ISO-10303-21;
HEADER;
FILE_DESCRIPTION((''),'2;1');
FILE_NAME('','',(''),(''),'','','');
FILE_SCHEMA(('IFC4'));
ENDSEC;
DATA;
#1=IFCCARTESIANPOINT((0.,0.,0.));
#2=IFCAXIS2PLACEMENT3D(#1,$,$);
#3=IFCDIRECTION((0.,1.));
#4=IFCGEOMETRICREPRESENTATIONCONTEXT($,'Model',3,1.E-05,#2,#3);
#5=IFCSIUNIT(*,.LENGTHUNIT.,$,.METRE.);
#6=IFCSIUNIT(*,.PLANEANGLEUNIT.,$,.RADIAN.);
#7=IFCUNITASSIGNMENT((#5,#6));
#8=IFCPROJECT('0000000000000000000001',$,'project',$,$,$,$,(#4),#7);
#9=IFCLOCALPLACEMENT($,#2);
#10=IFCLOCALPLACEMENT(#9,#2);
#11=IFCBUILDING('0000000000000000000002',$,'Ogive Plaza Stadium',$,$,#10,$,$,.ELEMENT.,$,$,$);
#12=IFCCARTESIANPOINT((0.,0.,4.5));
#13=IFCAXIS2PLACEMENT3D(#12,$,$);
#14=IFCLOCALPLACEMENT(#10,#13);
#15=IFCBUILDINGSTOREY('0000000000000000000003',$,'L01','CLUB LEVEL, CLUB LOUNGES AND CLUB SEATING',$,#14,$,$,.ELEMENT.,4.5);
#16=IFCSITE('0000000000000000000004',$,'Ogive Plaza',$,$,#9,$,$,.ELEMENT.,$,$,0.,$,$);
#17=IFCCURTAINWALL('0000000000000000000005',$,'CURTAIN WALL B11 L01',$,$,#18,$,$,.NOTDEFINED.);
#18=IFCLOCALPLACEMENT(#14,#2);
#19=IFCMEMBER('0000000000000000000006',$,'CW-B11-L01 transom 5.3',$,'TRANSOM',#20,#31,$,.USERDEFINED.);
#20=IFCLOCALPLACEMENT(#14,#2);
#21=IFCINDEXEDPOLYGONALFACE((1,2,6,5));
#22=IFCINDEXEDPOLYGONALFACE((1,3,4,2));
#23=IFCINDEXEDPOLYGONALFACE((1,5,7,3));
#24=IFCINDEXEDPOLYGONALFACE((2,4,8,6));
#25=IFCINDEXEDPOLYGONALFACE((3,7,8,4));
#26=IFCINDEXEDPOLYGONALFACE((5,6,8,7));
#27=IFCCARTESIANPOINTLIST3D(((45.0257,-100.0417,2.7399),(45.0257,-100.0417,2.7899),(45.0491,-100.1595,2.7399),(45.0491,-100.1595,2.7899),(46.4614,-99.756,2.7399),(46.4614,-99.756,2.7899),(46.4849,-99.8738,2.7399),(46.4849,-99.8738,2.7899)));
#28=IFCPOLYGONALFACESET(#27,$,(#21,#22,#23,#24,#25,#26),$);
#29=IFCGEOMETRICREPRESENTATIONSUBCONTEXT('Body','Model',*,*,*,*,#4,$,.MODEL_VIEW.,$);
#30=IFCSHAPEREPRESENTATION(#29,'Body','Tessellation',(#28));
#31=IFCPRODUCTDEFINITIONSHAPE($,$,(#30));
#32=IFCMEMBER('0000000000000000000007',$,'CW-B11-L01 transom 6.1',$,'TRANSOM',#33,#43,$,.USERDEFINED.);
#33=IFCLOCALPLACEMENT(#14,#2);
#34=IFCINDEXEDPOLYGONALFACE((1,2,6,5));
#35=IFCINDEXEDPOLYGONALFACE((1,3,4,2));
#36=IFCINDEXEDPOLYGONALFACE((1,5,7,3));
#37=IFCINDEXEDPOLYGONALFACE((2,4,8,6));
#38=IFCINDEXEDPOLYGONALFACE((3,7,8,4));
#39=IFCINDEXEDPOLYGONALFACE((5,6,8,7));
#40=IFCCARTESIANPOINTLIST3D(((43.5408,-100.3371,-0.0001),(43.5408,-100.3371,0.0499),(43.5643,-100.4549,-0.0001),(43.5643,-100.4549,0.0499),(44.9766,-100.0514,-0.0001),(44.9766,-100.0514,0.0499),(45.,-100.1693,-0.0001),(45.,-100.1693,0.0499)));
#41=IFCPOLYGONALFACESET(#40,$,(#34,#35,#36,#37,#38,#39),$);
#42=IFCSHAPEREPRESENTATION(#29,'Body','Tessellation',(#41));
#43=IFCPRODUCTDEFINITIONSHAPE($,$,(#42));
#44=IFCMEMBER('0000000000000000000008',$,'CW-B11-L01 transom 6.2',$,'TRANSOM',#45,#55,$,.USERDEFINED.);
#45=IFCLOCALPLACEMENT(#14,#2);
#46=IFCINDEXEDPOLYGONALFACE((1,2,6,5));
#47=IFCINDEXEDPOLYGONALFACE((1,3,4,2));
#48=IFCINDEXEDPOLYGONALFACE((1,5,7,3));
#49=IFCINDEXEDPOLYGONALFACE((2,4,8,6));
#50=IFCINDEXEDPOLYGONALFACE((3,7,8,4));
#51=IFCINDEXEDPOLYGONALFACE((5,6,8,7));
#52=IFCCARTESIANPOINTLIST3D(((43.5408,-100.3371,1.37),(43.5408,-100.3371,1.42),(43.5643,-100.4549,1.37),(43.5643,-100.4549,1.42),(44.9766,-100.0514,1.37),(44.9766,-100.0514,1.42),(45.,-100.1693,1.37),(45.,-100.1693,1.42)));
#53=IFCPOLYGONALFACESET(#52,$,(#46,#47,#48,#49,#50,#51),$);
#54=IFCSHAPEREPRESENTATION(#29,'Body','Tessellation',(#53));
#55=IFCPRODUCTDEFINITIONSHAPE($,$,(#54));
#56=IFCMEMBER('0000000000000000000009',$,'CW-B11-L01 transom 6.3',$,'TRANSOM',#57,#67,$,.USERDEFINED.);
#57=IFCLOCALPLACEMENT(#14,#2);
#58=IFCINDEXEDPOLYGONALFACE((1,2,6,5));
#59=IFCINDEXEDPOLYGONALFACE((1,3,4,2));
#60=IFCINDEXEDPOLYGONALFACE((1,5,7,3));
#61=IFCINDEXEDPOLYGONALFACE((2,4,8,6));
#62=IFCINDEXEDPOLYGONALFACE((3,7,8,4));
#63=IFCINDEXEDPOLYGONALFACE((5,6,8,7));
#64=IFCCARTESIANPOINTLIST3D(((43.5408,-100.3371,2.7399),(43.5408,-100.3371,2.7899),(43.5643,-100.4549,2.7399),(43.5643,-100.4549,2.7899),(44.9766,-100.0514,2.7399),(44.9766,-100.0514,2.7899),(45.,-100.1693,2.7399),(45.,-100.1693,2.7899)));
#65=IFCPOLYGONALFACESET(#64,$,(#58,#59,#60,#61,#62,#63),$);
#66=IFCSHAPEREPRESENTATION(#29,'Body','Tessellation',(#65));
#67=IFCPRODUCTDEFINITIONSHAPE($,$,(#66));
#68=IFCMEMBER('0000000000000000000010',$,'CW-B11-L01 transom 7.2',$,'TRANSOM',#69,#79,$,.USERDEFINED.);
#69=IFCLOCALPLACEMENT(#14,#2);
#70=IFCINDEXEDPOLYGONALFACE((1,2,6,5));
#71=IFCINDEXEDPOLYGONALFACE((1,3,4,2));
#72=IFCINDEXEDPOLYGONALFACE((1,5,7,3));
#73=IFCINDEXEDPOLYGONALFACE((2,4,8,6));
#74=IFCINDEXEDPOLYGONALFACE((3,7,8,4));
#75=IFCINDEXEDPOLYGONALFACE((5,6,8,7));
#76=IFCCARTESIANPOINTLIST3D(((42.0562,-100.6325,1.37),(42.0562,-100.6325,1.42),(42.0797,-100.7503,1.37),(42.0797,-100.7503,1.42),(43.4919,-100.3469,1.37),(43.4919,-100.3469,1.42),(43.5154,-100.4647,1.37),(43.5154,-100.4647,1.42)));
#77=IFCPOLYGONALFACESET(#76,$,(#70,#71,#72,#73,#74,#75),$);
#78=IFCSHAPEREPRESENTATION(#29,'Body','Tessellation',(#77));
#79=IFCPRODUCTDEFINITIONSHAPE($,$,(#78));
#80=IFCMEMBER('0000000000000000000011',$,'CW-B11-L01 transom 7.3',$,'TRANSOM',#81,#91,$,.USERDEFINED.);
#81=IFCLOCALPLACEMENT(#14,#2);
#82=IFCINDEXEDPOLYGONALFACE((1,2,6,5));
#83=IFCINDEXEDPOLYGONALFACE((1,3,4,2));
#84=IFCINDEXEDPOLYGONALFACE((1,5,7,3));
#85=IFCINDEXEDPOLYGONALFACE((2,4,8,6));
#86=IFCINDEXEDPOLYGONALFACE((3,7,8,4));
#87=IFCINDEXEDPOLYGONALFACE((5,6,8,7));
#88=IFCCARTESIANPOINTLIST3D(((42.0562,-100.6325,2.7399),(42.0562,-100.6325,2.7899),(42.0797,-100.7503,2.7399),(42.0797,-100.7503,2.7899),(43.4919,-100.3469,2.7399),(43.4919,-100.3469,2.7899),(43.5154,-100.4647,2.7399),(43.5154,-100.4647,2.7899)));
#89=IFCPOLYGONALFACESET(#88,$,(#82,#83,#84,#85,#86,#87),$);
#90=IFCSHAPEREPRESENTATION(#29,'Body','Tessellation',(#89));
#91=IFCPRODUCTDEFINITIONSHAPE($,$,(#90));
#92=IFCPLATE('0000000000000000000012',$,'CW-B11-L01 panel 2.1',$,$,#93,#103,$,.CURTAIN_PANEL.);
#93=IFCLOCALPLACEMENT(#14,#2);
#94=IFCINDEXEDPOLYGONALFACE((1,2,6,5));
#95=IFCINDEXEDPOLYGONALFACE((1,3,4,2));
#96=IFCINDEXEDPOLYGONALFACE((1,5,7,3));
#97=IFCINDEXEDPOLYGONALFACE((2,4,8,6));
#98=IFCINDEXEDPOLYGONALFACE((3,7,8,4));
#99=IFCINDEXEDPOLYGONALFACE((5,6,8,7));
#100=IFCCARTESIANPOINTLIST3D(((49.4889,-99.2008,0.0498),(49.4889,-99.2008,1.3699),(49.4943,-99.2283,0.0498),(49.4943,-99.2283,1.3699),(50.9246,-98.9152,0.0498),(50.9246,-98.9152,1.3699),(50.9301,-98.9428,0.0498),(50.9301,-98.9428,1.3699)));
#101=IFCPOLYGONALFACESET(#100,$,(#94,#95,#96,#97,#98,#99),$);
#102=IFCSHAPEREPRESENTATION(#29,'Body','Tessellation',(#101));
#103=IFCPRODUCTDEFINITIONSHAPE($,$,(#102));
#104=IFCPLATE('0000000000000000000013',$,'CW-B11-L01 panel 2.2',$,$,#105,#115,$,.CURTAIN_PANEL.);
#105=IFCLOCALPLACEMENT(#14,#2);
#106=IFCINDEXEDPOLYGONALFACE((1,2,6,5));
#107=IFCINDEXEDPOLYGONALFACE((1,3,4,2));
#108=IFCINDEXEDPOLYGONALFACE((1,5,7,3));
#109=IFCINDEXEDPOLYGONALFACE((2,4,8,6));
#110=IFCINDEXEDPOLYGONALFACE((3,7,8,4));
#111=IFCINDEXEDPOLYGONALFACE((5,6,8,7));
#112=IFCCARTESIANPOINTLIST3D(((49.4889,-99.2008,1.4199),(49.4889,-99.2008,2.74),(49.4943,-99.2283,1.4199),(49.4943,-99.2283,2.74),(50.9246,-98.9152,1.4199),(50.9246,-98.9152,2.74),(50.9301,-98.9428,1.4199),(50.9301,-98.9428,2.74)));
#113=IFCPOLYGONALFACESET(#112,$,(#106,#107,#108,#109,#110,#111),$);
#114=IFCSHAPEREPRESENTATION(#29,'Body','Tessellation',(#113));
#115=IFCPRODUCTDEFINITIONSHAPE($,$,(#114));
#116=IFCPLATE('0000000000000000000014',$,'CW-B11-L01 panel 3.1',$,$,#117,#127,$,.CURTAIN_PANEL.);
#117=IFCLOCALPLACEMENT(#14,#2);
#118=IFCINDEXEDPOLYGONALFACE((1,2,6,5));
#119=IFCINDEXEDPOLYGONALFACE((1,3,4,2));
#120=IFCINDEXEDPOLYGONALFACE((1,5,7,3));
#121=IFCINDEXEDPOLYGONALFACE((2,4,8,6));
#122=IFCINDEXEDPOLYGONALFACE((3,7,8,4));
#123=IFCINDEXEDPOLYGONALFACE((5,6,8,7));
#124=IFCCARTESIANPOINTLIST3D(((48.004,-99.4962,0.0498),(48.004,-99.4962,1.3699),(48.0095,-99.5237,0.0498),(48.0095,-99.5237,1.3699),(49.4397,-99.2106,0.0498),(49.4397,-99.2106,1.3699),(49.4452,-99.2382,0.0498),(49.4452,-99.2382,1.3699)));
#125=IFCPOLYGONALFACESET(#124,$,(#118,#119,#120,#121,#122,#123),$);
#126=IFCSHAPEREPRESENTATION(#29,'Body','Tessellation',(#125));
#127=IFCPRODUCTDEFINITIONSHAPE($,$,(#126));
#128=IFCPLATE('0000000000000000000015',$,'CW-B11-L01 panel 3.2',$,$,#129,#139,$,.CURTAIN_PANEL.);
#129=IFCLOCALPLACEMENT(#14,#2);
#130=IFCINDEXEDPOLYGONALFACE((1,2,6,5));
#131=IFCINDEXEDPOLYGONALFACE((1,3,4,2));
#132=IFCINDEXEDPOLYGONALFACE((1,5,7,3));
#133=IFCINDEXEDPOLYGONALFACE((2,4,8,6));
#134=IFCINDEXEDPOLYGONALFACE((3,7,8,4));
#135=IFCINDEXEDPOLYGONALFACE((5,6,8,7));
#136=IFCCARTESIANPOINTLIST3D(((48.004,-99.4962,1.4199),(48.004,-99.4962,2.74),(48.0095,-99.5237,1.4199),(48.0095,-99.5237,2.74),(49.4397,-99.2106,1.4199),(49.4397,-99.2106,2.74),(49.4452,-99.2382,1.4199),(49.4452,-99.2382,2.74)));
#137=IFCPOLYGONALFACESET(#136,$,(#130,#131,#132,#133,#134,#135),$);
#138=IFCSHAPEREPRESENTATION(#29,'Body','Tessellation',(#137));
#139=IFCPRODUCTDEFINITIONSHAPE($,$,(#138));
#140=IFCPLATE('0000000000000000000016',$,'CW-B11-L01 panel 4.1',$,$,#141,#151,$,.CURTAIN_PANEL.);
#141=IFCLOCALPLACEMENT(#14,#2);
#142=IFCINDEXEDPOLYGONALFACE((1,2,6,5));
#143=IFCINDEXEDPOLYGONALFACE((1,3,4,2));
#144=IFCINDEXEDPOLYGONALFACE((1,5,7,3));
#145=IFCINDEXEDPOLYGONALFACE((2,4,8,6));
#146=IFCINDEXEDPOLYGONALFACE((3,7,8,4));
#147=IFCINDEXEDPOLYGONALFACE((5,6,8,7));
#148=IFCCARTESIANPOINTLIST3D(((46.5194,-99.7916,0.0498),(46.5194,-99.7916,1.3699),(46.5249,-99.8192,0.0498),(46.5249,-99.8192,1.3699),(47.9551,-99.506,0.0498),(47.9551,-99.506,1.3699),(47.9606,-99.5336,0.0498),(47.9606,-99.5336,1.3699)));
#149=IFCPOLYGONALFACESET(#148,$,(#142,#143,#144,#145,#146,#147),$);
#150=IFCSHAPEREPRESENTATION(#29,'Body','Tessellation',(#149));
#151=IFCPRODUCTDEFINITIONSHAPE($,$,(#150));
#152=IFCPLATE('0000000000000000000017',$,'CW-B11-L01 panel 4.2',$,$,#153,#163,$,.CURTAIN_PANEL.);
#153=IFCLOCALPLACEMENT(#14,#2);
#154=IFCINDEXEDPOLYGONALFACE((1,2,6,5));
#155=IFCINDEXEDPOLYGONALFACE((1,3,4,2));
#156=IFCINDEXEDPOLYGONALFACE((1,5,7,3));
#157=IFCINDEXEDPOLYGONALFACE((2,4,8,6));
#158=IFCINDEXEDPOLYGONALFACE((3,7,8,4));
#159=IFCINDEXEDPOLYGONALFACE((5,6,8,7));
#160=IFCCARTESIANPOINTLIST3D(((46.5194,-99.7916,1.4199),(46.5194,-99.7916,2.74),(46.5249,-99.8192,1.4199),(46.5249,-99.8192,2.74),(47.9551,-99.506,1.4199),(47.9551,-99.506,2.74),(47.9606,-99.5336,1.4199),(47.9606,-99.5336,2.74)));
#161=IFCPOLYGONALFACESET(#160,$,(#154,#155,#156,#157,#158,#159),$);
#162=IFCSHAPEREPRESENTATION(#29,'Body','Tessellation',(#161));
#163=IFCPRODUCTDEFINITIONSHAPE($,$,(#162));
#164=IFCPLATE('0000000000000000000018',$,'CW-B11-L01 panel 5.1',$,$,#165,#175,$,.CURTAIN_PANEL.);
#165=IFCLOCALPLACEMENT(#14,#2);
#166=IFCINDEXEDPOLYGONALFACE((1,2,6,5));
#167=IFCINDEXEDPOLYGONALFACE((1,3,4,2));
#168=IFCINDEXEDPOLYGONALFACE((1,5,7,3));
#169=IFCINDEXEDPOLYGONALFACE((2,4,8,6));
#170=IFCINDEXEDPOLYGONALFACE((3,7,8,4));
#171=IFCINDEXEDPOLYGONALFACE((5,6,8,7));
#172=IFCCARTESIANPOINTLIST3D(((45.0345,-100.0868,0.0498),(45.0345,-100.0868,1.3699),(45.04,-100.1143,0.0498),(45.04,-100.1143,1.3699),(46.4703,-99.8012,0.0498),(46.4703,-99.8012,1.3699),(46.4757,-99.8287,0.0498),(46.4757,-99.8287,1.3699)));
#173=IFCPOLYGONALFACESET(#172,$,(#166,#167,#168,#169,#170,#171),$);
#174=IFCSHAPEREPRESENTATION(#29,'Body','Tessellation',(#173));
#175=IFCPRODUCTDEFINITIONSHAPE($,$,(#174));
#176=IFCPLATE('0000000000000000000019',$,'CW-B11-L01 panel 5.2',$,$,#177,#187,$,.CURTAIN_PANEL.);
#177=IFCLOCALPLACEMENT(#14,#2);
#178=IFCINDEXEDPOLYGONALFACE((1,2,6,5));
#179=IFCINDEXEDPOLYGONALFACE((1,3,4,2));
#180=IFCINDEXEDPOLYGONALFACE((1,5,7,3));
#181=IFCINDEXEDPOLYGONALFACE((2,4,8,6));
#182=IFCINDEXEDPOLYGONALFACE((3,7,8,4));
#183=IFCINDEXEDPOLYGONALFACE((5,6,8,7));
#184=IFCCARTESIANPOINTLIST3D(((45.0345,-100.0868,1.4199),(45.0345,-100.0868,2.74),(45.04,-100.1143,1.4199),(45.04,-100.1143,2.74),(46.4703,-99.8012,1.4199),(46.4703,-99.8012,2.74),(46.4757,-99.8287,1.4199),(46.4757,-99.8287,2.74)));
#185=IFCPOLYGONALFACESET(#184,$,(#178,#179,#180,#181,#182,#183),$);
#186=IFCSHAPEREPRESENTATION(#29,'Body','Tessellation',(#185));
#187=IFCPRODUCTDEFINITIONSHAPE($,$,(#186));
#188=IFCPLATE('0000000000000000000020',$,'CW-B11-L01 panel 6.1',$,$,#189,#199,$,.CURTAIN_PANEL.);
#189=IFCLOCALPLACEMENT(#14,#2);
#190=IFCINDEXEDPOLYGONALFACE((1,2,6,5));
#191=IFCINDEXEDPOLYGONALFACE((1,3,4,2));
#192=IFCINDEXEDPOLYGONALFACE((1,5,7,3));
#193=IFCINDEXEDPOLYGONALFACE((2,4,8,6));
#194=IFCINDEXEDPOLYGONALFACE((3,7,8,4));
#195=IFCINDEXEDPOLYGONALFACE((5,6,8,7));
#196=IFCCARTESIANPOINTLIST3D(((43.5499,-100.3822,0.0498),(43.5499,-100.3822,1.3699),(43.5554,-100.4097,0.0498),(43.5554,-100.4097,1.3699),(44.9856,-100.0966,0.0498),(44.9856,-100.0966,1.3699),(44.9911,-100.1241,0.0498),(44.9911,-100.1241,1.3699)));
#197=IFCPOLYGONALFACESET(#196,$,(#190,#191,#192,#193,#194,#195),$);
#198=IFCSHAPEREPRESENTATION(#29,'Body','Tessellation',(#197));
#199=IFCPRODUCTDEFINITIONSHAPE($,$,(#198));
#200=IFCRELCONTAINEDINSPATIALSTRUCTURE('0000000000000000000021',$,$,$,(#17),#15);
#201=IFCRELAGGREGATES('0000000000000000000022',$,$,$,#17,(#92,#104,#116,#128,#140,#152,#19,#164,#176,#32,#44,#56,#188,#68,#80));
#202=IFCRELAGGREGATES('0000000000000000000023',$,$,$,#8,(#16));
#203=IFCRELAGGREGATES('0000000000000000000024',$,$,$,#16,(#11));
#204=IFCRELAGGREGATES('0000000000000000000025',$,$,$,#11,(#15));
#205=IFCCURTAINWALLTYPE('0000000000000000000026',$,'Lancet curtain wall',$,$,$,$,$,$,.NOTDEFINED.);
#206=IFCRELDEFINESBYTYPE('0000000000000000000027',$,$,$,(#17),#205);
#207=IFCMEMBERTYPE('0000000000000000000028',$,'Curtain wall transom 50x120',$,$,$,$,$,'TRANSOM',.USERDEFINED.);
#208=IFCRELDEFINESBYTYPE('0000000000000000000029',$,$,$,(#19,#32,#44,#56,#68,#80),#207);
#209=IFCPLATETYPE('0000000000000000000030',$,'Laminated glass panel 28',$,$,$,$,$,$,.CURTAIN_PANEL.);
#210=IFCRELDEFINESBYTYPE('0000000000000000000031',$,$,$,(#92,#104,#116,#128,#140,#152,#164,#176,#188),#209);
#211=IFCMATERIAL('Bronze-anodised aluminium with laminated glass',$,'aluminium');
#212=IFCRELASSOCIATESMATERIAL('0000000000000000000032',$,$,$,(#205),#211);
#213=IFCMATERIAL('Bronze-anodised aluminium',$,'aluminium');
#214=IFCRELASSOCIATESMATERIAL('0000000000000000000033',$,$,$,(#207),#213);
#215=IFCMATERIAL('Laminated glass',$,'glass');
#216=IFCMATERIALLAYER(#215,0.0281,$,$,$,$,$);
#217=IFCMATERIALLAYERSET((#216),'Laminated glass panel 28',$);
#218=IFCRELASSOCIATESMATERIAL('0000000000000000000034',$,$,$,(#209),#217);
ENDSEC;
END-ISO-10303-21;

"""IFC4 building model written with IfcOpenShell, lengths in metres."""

from ifc_helpers import new_model, si_unit, direction, frame, origin, origin_2d, place, context, subcontext, project, spatial, rectangle, extrude, material, layer, layer_set, material_profile, profile_set, type_object, element, aggregate, save


model = new_model("IFC4")

# Units and contexts
model_context = context("Model", 3, precision=1e-05, world=origin(), true_north=direction((0.0, 1.0)))
body_context = subcontext(model_context, "Body", "Model", "MODEL_VIEW")
ifc_project = project(units=[si_unit("LENGTHUNIT", "METRE"), si_unit("PLANEANGLEUNIT", "RADIAN")], contexts=[model_context])

# Site, building, storey
site_placement = place(None, origin())
site = spatial("IfcSite", under=ifc_project, at=site_placement, Name="Ogive Plaza", CompositionType="ELEMENT", RefElevation=0.0)
building_placement = place(site_placement, origin())
building = spatial("IfcBuilding", under=site, at=building_placement, Name="Ogive Plaza Stadium", CompositionType="ELEMENT")
storey_placement = place(building_placement, frame((0.0, 0.0, 4.5)))
storey = spatial("IfcBuildingStorey", under=building, at=storey_placement, Name="L01", Description="CLUB LEVEL, CLUB LOUNGES AND CLUB SEATING", CompositionType="ELEMENT", Elevation=4.5)

# Curtain wall, members, plates
ifc_material_1 = material(Name="Bronze-anodised aluminium with laminated glass", Category="aluminium")
curtain_wall_type = type_object("IfcCurtainWallType", Name="Lancet curtain wall", PredefinedType="NOTDEFINED", material=ifc_material_1)
curtain_wall_placement = place(storey_placement, origin())
curtain_wall = element("IfcCurtainWall", 1, at=curtain_wall_placement, inside=storey, type_object=curtain_wall_type, Name="CURTAIN WALL B11 L01", PredefinedType="NOTDEFINED")
ifc_material_2 = material(Name="Bronze-anodised aluminium", Category="aluminium")
ifc_material_profile_1 = material_profile(ifc_material_2, rectangle(XDim=0.1201, YDim=0.05, at=origin_2d()), Name="AL 120x50")
ifc_profile_set_1 = profile_set([ifc_material_profile_1], Name="Bronze-anodised aluminium")
member_type_1 = type_object("IfcMemberType", Name="Curtain wall transom 50x120", ElementType="TRANSOM", PredefinedType="USERDEFINED", material=ifc_profile_set_1)
member_1_placement = place(storey_placement, frame((46.4731, -99.8149, 2.7649), z_axis=(-0.980779, -0.195122, 0.0), x_axis=(0.195122, -0.980779, 0.0)))
member_1 = element("IfcMember", 2, at=member_1_placement, type_object=member_type_1, Name="CW-B11-L01 transom 5.3", ObjectType="TRANSOM", PredefinedType="USERDEFINED", context=body_context, shape_type="SweptSolid", body=[
    extrude(rectangle(XDim=0.1201, YDim=0.05, at=origin_2d()), origin(), (0.0, 0.0, 1.0), 1.4639),
])
member_2_placement = place(storey_placement, frame((44.9883, -100.1104, 0.0249), z_axis=(-0.980779, -0.195122, 0.0), x_axis=(0.195122, -0.980779, 0.0)))
member_2 = element("IfcMember", 3, at=member_2_placement, type_object=member_type_1, Name="CW-B11-L01 transom 6.1", ObjectType="TRANSOM", PredefinedType="USERDEFINED", context=body_context, shape_type="SweptSolid", body=[
    extrude(rectangle(XDim=0.1201, YDim=0.05, at=origin_2d()), origin(), (0.0, 0.0, 1.0), 1.4639),
])
member_3_placement = place(storey_placement, frame((44.9883, -100.1104, 1.395), z_axis=(-0.980779, -0.195122, 0.0), x_axis=(0.195122, -0.980779, 0.0)))
member_3 = element("IfcMember", 4, at=member_3_placement, type_object=member_type_1, Name="CW-B11-L01 transom 6.2", ObjectType="TRANSOM", PredefinedType="USERDEFINED", context=body_context, shape_type="SweptSolid", body=[
    extrude(rectangle(XDim=0.1201, YDim=0.05, at=origin_2d()), origin(), (0.0, 0.0, 1.0), 1.4639),
])
member_4_placement = place(storey_placement, frame((44.9883, -100.1104, 2.7649), z_axis=(-0.980779, -0.195122, 0.0), x_axis=(0.195122, -0.980779, 0.0)))
member_4 = element("IfcMember", 5, at=member_4_placement, type_object=member_type_1, Name="CW-B11-L01 transom 6.3", ObjectType="TRANSOM", PredefinedType="USERDEFINED", context=body_context, shape_type="SweptSolid", body=[
    extrude(rectangle(XDim=0.1201, YDim=0.05, at=origin_2d()), origin(), (0.0, 0.0, 1.0), 1.4639),
])
member_5_placement = place(storey_placement, frame((43.5037, -100.4058, 1.395), z_axis=(-0.980779, -0.195122, 0.0), x_axis=(0.195122, -0.980779, 0.0)))
member_5 = element("IfcMember", 6, at=member_5_placement, type_object=member_type_1, Name="CW-B11-L01 transom 7.2", ObjectType="TRANSOM", PredefinedType="USERDEFINED", context=body_context, shape_type="SweptSolid", body=[
    extrude(rectangle(XDim=0.1201, YDim=0.05, at=origin_2d()), origin(), (0.0, 0.0, 1.0), 1.4639),
])
member_6_placement = place(storey_placement, frame((43.5037, -100.4058, 2.7649), z_axis=(-0.980779, -0.195122, 0.0), x_axis=(0.195122, -0.980779, 0.0)))
member_6 = element("IfcMember", 7, at=member_6_placement, type_object=member_type_1, Name="CW-B11-L01 transom 7.3", ObjectType="TRANSOM", PredefinedType="USERDEFINED", context=body_context, shape_type="SweptSolid", body=[
    extrude(rectangle(XDim=0.1201, YDim=0.05, at=origin_2d()), origin(), (0.0, 0.0, 1.0), 1.4639),
])
ifc_material_3 = material(Name="Laminated glass", Category="glass")
ifc_layer_1 = layer(ifc_material_3, 0.0281)
ifc_layer_set_1 = layer_set([ifc_layer_1], Name="Laminated glass panel 28")
plate_type = type_object("IfcPlateType", Name="Laminated glass panel 28", PredefinedType="CURTAIN_PANEL", material=ifc_layer_set_1)
plate_1_placement = place(storey_placement, frame((50.2095, -99.0718, 0.0498), z_axis=(0.0, 0.0, 1.0), x_axis=(-0.980785, -0.19509, 0.0)))
plate_1 = element("IfcPlate", 8, at=plate_1_placement, type_object=plate_type, Name="CW-B11-L01 panel 2.1", PredefinedType="CURTAIN_PANEL", context=body_context, shape_type="SweptSolid", body=[
    extrude(rectangle(XDim=1.4639, YDim=0.0281, at=origin_2d()), origin(), (0.0, 0.0, 1.0), 1.3201),
])
plate_2_placement = place(storey_placement, frame((50.2095, -99.0718, 1.4199), z_axis=(0.0, 0.0, 1.0), x_axis=(-0.980785, -0.19509, 0.0)))
plate_2 = element("IfcPlate", 9, at=plate_2_placement, type_object=plate_type, Name="CW-B11-L01 panel 2.2", PredefinedType="CURTAIN_PANEL", context=body_context, shape_type="SweptSolid", body=[
    extrude(rectangle(XDim=1.4639, YDim=0.0281, at=origin_2d()), origin(), (0.0, 0.0, 1.0), 1.3201),
])
plate_3_placement = place(storey_placement, frame((48.7246, -99.3672, 0.0498), z_axis=(0.0, 0.0, 1.0), x_axis=(-0.980785, -0.19509, 0.0)))
plate_3 = element("IfcPlate", 10, at=plate_3_placement, type_object=plate_type, Name="CW-B11-L01 panel 3.1", PredefinedType="CURTAIN_PANEL", context=body_context, shape_type="SweptSolid", body=[
    extrude(rectangle(XDim=1.4639, YDim=0.0281, at=origin_2d()), origin(), (0.0, 0.0, 1.0), 1.3201),
])
plate_4_placement = place(storey_placement, frame((48.7246, -99.3672, 1.4199), z_axis=(0.0, 0.0, 1.0), x_axis=(-0.980785, -0.19509, 0.0)))
plate_4 = element("IfcPlate", 11, at=plate_4_placement, type_object=plate_type, Name="CW-B11-L01 panel 3.2", PredefinedType="CURTAIN_PANEL", context=body_context, shape_type="SweptSolid", body=[
    extrude(rectangle(XDim=1.4639, YDim=0.0281, at=origin_2d()), origin(), (0.0, 0.0, 1.0), 1.3201),
])
plate_5_placement = place(storey_placement, frame((47.24, -99.6626, 0.0498), z_axis=(0.0, 0.0, 1.0), x_axis=(-0.980785, -0.19509, 0.0)))
plate_5 = element("IfcPlate", 12, at=plate_5_placement, type_object=plate_type, Name="CW-B11-L01 panel 4.1", PredefinedType="CURTAIN_PANEL", context=body_context, shape_type="SweptSolid", body=[
    extrude(rectangle(XDim=1.4639, YDim=0.0281, at=origin_2d()), origin(), (0.0, 0.0, 1.0), 1.3201),
])
plate_6_placement = place(storey_placement, frame((47.24, -99.6626, 1.4199), z_axis=(0.0, 0.0, 1.0), x_axis=(-0.980785, -0.19509, 0.0)))
plate_6 = element("IfcPlate", 13, at=plate_6_placement, type_object=plate_type, Name="CW-B11-L01 panel 4.2", PredefinedType="CURTAIN_PANEL", context=body_context, shape_type="SweptSolid", body=[
    extrude(rectangle(XDim=1.4639, YDim=0.0281, at=origin_2d()), origin(), (0.0, 0.0, 1.0), 1.3201),
])
plate_7_placement = place(storey_placement, frame((45.7551, -99.9578, 0.0498), z_axis=(0.0, 0.0, 1.0), x_axis=(-0.980785, -0.19509, 0.0)))
plate_7 = element("IfcPlate", 14, at=plate_7_placement, type_object=plate_type, Name="CW-B11-L01 panel 5.1", PredefinedType="CURTAIN_PANEL", context=body_context, shape_type="SweptSolid", body=[
    extrude(rectangle(XDim=1.4639, YDim=0.0281, at=origin_2d()), origin(), (0.0, 0.0, 1.0), 1.3201),
])
plate_8_placement = place(storey_placement, frame((45.7551, -99.9578, 1.4199), z_axis=(0.0, 0.0, 1.0), x_axis=(-0.980785, -0.19509, 0.0)))
plate_8 = element("IfcPlate", 15, at=plate_8_placement, type_object=plate_type, Name="CW-B11-L01 panel 5.2", PredefinedType="CURTAIN_PANEL", context=body_context, shape_type="SweptSolid", body=[
    extrude(rectangle(XDim=1.4639, YDim=0.0281, at=origin_2d()), origin(), (0.0, 0.0, 1.0), 1.3201),
])
plate_9_placement = place(storey_placement, frame((44.2705, -100.2532, 0.0498), z_axis=(0.0, 0.0, 1.0), x_axis=(-0.980785, -0.19509, 0.0)))
plate_9 = element("IfcPlate", 16, at=plate_9_placement, type_object=plate_type, Name="CW-B11-L01 panel 6.1", PredefinedType="CURTAIN_PANEL", context=body_context, shape_type="SweptSolid", body=[
    extrude(rectangle(XDim=1.4639, YDim=0.0281, at=origin_2d()), origin(), (0.0, 0.0, 1.0), 1.3201),
])
aggregate(curtain_wall, [plate_1, plate_2, plate_3, plate_4, plate_5, plate_6, member_1, plate_7, plate_8, member_2, member_3, member_4, plate_9, member_5, member_6])

save(model, "model.ifc")
